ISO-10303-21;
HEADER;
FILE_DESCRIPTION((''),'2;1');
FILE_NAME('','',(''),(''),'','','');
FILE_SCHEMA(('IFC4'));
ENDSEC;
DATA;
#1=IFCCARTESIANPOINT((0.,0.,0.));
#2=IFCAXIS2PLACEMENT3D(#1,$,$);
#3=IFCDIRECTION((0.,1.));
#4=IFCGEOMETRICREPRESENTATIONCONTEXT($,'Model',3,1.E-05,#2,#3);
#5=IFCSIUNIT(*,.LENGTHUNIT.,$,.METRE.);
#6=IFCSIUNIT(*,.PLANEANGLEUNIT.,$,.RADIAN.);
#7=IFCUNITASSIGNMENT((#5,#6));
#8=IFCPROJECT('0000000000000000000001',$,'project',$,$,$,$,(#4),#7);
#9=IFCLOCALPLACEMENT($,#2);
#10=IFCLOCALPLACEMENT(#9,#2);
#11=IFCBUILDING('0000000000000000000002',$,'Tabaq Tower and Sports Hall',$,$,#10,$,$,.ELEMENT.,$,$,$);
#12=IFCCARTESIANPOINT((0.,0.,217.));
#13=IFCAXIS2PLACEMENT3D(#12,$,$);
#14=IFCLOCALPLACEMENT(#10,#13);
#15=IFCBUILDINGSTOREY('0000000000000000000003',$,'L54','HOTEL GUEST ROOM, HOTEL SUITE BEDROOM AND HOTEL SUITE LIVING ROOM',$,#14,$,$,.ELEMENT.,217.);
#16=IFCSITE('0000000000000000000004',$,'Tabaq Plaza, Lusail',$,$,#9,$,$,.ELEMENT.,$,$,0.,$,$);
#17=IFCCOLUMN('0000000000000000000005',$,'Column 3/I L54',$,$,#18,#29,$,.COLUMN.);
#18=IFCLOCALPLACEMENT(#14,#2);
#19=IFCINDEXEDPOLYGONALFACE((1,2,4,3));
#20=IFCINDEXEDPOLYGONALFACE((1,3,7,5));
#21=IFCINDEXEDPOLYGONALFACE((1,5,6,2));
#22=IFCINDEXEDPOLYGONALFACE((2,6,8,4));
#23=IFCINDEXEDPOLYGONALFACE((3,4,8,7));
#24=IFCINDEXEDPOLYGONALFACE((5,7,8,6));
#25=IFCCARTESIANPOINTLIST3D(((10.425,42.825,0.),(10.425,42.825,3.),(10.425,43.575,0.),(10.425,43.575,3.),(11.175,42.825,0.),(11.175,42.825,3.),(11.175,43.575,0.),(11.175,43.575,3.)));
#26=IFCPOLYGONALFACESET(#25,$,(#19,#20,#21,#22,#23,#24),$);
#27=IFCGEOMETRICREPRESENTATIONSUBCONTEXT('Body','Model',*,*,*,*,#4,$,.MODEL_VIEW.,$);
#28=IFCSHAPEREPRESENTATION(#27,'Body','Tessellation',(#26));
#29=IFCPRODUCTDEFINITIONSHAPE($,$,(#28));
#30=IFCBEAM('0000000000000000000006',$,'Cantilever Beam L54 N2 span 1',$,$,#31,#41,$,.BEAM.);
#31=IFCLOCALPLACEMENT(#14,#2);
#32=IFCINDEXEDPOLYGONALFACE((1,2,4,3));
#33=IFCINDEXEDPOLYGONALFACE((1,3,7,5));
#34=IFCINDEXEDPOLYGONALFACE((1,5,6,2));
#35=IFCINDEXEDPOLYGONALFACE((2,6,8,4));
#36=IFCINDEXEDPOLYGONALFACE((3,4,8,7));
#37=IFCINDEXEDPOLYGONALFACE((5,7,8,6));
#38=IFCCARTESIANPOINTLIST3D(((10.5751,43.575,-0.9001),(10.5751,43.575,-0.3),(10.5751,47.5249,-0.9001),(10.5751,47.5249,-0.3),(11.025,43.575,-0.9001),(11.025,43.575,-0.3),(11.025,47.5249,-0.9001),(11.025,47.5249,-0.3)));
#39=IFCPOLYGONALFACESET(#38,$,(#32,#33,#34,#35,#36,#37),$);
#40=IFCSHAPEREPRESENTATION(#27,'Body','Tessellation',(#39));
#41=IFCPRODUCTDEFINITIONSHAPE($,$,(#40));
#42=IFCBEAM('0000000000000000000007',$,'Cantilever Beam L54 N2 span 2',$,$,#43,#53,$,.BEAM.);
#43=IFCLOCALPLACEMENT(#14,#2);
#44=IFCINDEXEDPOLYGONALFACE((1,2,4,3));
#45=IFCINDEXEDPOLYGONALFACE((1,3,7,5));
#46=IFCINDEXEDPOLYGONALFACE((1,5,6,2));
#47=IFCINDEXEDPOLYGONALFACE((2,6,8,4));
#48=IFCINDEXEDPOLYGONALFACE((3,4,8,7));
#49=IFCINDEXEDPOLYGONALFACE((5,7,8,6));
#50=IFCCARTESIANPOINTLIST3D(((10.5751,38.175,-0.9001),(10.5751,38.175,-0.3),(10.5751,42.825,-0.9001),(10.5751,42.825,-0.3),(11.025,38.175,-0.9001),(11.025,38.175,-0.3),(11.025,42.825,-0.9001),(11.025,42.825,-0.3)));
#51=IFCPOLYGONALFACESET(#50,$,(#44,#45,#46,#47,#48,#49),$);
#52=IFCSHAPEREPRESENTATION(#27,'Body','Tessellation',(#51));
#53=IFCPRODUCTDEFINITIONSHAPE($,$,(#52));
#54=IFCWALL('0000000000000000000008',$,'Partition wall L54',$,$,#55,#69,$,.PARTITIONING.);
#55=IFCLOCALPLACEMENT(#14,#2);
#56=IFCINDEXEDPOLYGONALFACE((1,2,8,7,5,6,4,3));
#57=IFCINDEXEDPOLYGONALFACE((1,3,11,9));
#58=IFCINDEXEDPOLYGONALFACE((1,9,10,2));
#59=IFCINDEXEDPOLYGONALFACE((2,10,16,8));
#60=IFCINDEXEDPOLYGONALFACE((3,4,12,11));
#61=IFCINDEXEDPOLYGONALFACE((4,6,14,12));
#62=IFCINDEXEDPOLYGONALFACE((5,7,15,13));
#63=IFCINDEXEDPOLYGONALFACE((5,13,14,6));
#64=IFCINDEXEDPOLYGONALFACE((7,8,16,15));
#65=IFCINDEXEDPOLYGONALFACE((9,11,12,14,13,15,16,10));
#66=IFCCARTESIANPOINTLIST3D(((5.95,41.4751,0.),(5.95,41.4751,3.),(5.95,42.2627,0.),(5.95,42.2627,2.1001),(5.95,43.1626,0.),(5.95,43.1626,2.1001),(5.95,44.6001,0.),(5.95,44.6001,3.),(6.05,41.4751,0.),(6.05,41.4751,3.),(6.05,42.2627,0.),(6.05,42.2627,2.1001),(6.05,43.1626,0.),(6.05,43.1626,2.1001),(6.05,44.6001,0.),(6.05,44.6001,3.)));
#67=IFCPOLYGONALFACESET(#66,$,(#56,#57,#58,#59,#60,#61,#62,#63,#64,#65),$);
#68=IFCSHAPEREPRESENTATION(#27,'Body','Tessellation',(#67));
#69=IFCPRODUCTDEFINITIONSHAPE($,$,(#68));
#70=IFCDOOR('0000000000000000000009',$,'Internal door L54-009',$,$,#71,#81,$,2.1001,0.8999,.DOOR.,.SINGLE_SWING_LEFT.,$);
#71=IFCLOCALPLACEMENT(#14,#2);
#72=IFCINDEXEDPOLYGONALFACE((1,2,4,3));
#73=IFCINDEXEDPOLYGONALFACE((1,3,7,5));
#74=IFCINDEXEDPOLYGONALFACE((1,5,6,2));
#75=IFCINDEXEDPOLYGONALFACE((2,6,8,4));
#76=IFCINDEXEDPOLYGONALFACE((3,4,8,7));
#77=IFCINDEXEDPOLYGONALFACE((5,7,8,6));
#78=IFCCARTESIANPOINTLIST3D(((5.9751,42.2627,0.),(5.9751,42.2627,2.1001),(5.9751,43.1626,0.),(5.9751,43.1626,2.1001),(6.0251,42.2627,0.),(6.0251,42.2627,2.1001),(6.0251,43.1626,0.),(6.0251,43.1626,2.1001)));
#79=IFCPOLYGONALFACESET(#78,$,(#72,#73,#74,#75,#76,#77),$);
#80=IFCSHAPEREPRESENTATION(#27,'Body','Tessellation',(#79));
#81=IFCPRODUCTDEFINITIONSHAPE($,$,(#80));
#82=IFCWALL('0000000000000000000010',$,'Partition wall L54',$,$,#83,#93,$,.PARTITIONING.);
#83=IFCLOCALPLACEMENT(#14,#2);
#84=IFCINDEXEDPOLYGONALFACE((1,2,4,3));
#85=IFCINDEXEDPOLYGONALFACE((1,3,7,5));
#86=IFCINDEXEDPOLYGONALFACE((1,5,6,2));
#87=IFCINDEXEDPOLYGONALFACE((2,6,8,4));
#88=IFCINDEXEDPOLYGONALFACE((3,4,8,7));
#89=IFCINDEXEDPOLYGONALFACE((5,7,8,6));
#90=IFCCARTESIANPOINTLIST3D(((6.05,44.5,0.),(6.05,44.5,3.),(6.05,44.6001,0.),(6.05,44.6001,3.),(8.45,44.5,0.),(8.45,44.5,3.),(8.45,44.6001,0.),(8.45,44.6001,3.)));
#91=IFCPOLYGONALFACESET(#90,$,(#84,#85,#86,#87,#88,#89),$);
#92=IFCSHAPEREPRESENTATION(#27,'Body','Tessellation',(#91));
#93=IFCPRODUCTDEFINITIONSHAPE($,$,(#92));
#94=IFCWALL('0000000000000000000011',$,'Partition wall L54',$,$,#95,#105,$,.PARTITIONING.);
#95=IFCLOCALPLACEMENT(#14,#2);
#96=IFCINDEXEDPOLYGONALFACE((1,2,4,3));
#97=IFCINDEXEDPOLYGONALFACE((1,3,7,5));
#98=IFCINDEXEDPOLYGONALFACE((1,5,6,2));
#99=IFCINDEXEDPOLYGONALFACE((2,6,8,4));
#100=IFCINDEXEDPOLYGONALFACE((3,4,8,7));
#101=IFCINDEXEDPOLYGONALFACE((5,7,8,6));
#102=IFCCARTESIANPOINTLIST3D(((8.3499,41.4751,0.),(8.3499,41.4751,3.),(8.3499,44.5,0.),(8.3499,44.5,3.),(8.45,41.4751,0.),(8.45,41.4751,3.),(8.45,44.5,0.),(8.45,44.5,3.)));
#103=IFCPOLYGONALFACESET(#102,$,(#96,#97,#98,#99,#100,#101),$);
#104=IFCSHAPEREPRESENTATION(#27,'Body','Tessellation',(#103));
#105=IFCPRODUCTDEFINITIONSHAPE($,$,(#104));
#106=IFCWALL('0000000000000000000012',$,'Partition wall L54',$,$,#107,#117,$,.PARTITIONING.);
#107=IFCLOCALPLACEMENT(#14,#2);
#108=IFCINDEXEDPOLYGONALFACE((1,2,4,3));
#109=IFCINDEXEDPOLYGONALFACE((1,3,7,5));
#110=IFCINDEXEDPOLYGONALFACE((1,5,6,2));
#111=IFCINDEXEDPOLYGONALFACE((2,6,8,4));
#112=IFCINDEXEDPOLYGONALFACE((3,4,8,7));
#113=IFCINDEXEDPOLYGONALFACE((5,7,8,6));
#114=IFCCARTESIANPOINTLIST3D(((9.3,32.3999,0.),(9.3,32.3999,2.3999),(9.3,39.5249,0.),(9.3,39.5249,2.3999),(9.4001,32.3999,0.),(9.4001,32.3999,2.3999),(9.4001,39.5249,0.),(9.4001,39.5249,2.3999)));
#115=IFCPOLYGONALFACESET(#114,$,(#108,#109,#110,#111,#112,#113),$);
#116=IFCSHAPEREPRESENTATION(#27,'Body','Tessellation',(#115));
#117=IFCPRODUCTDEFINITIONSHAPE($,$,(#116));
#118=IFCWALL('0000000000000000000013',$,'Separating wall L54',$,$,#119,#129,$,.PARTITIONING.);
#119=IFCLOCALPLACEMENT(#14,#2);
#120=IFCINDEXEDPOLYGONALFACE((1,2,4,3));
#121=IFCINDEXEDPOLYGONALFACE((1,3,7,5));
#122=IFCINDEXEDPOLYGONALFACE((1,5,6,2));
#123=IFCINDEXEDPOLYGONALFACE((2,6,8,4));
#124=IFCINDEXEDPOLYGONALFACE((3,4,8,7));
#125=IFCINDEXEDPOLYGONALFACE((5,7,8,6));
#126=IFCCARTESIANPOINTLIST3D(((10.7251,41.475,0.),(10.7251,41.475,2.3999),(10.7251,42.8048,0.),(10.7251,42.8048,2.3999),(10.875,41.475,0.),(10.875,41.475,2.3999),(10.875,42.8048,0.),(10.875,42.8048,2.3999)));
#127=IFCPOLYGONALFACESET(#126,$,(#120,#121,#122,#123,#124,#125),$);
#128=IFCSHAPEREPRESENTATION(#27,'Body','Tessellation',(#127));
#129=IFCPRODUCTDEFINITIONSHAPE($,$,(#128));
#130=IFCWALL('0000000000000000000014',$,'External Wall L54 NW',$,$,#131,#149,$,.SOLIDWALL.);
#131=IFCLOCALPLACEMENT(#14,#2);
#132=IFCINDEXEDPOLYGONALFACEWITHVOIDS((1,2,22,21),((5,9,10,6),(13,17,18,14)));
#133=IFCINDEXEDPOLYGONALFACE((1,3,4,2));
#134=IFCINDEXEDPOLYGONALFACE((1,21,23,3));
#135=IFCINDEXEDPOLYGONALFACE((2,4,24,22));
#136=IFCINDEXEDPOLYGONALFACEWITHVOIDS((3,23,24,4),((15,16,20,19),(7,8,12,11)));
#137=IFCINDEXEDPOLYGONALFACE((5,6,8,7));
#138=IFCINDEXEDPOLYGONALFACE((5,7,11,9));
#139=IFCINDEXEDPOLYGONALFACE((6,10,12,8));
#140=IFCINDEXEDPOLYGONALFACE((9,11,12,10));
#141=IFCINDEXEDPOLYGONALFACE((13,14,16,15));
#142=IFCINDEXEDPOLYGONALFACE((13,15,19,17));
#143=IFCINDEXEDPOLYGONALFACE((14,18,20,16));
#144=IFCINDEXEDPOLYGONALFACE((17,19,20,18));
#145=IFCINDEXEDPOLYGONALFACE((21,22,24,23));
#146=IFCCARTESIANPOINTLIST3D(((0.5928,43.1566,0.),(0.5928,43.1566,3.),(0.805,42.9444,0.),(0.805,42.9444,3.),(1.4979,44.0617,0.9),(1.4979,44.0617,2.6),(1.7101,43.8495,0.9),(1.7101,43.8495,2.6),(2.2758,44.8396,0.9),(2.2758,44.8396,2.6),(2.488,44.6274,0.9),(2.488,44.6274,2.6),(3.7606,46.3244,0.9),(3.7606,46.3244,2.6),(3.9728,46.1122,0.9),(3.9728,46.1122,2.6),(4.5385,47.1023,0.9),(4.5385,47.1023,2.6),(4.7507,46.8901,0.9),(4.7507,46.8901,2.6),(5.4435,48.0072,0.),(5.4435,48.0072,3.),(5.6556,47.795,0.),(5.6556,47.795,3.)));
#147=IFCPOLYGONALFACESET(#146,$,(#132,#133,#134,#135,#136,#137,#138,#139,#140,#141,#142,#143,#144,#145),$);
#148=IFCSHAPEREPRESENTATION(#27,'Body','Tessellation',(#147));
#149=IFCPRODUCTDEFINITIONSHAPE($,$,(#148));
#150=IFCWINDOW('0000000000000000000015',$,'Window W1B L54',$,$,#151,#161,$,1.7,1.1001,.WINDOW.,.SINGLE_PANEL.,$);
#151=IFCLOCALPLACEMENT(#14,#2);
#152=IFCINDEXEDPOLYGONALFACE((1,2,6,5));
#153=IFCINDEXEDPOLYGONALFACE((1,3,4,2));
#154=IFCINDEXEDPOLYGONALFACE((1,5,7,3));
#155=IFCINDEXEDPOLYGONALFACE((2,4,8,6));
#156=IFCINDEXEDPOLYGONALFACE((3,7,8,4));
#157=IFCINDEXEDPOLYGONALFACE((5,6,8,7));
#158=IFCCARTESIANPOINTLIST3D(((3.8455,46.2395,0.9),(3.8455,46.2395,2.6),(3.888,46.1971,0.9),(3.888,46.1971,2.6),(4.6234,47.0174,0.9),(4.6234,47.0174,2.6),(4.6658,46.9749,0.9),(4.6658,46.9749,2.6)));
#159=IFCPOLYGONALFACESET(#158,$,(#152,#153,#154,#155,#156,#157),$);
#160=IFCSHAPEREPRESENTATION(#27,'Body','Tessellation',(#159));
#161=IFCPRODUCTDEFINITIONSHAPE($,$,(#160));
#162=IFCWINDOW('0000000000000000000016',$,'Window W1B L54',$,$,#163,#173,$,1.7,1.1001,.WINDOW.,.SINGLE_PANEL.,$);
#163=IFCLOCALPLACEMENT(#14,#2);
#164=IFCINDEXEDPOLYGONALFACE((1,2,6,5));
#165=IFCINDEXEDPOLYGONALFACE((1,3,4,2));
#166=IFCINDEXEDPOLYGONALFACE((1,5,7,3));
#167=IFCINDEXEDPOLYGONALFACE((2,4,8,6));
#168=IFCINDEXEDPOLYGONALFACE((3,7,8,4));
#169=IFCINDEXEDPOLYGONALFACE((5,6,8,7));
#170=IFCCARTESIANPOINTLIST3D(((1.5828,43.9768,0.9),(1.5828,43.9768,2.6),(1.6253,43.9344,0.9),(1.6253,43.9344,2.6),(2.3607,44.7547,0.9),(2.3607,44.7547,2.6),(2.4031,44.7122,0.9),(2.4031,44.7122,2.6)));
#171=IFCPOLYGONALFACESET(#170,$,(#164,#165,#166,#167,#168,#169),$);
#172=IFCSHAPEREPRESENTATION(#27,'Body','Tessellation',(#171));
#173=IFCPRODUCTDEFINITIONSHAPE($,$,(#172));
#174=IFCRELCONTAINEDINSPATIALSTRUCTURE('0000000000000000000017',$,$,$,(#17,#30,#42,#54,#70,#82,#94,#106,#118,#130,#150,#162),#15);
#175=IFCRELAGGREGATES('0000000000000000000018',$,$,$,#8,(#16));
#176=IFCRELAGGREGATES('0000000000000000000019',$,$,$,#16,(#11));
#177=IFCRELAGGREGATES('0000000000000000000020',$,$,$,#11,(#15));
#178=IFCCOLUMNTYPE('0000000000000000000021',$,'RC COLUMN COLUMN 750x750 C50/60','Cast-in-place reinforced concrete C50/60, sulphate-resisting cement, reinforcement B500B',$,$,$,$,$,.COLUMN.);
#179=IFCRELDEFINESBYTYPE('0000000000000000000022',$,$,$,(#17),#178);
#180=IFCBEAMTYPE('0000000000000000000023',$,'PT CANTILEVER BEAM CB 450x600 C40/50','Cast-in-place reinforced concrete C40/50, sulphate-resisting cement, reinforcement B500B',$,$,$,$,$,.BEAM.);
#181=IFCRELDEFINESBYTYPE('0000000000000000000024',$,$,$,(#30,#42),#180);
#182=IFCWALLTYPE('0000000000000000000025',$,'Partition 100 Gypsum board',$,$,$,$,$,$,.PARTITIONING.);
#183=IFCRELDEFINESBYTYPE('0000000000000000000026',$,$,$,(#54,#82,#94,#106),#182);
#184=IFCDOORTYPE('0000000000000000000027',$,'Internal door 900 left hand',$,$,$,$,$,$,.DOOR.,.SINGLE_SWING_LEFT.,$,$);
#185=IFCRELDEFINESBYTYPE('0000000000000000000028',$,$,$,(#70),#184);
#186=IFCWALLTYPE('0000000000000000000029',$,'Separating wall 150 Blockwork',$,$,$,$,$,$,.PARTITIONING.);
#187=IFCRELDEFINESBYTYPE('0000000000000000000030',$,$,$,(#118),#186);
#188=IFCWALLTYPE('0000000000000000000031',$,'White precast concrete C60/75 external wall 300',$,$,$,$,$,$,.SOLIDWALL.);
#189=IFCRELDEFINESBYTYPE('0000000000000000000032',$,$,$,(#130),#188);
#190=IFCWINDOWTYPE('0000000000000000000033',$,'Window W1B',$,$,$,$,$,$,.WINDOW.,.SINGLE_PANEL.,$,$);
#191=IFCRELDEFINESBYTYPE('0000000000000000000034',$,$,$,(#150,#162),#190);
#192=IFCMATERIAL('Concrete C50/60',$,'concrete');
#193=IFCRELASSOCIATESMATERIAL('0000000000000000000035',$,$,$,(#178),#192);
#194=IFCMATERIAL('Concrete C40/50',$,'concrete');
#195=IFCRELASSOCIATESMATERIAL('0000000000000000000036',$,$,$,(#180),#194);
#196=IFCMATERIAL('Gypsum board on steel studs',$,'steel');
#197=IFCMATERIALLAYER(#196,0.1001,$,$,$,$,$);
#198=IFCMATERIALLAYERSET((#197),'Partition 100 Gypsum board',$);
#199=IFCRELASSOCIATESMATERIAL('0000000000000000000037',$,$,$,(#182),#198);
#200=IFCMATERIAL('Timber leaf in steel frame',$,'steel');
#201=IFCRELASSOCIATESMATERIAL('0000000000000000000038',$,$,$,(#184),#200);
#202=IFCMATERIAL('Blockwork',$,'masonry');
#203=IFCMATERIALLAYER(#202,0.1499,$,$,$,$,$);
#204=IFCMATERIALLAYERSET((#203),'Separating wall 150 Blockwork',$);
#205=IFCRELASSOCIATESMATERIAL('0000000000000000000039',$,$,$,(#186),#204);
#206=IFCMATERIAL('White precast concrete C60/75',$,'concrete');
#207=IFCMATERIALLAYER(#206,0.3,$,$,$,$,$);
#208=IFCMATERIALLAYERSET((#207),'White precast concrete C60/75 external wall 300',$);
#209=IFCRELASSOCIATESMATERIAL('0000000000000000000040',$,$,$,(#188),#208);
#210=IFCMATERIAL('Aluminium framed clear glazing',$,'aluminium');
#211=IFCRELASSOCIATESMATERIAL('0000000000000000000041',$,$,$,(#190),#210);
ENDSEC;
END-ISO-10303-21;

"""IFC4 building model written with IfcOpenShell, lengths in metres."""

from ifc_helpers import new_model, si_unit, direction, frame, frame_2d, origin, origin_2d, place, context, subcontext, project, spatial, rectangle, extrude, material, layer, layer_set, material_profile, profile_set, type_object, element, fill, save


model = new_model("IFC4")

# Units and contexts
model_context = context("Model", 3, precision=1e-05, world=origin(), true_north=direction((0.0, 1.0)))
body_context = subcontext(model_context, "Body", "Model", "MODEL_VIEW")
ifc_project = project(units=[si_unit("LENGTHUNIT", "METRE"), si_unit("PLANEANGLEUNIT", "RADIAN")], contexts=[model_context])

# Site, building, storey
site_placement = place(None, origin())
site = spatial("IfcSite", under=ifc_project, at=site_placement, Name="Tabaq Plaza, Lusail", CompositionType="ELEMENT", RefElevation=0.0)
building_placement = place(site_placement, origin())
building = spatial("IfcBuilding", under=site, at=building_placement, Name="Tabaq Tower and Sports Hall", CompositionType="ELEMENT")
storey_placement = place(building_placement, frame((0.0, 0.0, 217.0)))
storey = spatial("IfcBuildingStorey", under=building, at=storey_placement, Name="L54", Description="HOTEL GUEST ROOM, HOTEL SUITE BEDROOM AND HOTEL SUITE LIVING ROOM", CompositionType="ELEMENT", Elevation=217.0)

# Column
ifc_material_1 = material(Name="Concrete C50/60", Category="concrete")
ifc_material_profile_1 = material_profile(ifc_material_1, rectangle(XDim=0.75, YDim=0.75, at=origin_2d()), Name="COLUMN 750x750")
ifc_profile_set_1 = profile_set([ifc_material_profile_1], Name="Concrete C50/60")
column_type = type_object("IfcColumnType", Name="RC COLUMN COLUMN 750x750 C50/60", Description="Cast-in-place reinforced concrete C50/60, sulphate-resisting cement, reinforcement B500B", PredefinedType="COLUMN", material=ifc_profile_set_1)
column_placement = place(storey_placement, frame((10.8, 43.2, 0.0), z_axis=(0.0, 0.0, 1.0), x_axis=(1.0, 0.0, 0.0)))
element("IfcColumn", 1, at=column_placement, inside=storey, type_object=column_type, Name="Column 3/I L54", PredefinedType="COLUMN", context=body_context, shape_type="SweptSolid", body=[
    extrude(rectangle(XDim=0.75, YDim=0.75, at=origin_2d()), origin(), (0.0, 0.0, 1.0), 3.0),
])

# Beams
ifc_material_2 = material(Name="Concrete C40/50", Category="concrete")
ifc_material_profile_2 = material_profile(ifc_material_2, rectangle(XDim=0.45, YDim=0.6001, at=origin_2d()), Name="CB 450x600")
ifc_profile_set_2 = profile_set([ifc_material_profile_2], Name="Concrete C40/50")
beam_type = type_object("IfcBeamType", Name="PT CANTILEVER BEAM CB 450x600 C40/50", Description="Cast-in-place reinforced concrete C40/50, sulphate-resisting cement, reinforcement B500B", PredefinedType="BEAM", material=ifc_profile_set_2)
beam_1_placement = place(storey_placement, frame((10.8, 47.5249, -0.6001), z_axis=(0.0, -1.0, 0.0), x_axis=(1.0, 0.0, 0.0)))
element("IfcBeam", 2, at=beam_1_placement, inside=storey, type_object=beam_type, Name="Cantilever Beam L54 N2 span 1", PredefinedType="BEAM", context=body_context, shape_type="SweptSolid", body=[
    extrude(rectangle(XDim=0.45, YDim=0.6001, at=origin_2d()), origin(), (0.0, 0.0, 1.0), 3.95),
])
beam_2_placement = place(storey_placement, frame((10.8, 42.825, -0.6001), z_axis=(0.0, -1.0, 0.0), x_axis=(1.0, 0.0, 0.0)))
element("IfcBeam", 3, at=beam_2_placement, inside=storey, type_object=beam_type, Name="Cantilever Beam L54 N2 span 2", PredefinedType="BEAM", context=body_context, shape_type="SweptSolid", body=[
    extrude(rectangle(XDim=0.45, YDim=0.6001, at=origin_2d()), origin(), (0.0, 0.0, 1.0), 4.6499),
])

# Wall, opening, door
ifc_material_3 = material(Name="Gypsum board on steel studs", Category="steel")
ifc_layer_1 = layer(ifc_material_3, 0.1001)
ifc_layer_set_1 = layer_set([ifc_layer_1], Name="Partition 100 Gypsum board")
wall_type_1 = type_object("IfcWallType", Name="Partition 100 Gypsum board", PredefinedType="PARTITIONING", material=ifc_layer_set_1)
wall_1_placement = place(storey_placement, frame((6.0, 41.4751, 0.0), z_axis=(0.0, 0.0, 1.0), x_axis=(0.0, 1.0, 0.0)))
wall_1 = element("IfcWall", 4, at=wall_1_placement, inside=storey, type_object=wall_type_1, Name="Partition wall L54", PredefinedType="PARTITIONING", context=body_context, shape_type="SweptSolid", body=[
    extrude(rectangle(XDim=3.125, YDim=0.1001, at=frame_2d((1.5625, 0.0))), origin(), (0.0, 0.0, 1.0), 3.0),
])
opening_1_placement = place(wall_1_placement, frame((0.7876, 0.0, 0.0)))
opening_1 = element("IfcOpeningElement", 5, at=opening_1_placement, cuts=wall_1, PredefinedType="OPENING", context=body_context, shape_type="SweptSolid", body=[
    extrude(rectangle(XDim=0.8999, YDim=2.1001, at=frame_2d((0.45, 1.05))), frame((0.0, 0.05, 0.0), z_axis=(0.0, -1.0, 0.0), x_axis=(1.0, 0.0, 0.0)), (0.0, 0.0, 1.0), 0.1001),
])
ifc_material_4 = material(Name="Timber leaf in steel frame", Category="steel")
door_type = type_object("IfcDoorType", Name="Internal door 900 left hand", OperationType="SINGLE_SWING_LEFT", PredefinedType="DOOR", material=ifc_material_4)
door_placement = place(opening_1_placement, origin())
door = element("IfcDoor", 6, at=door_placement, inside=storey, type_object=door_type, Name="Internal door L54-009", OperationType="SINGLE_SWING_LEFT", OverallHeight=2.1001, OverallWidth=0.8999, PredefinedType="DOOR", context=body_context, shape_type="SweptSolid", body=[
    extrude(rectangle(XDim=0.8999, YDim=2.1001, at=frame_2d((0.45, 1.05))), frame((0.0, 0.0249, 0.0), z_axis=(0.0, -1.0, 0.0), x_axis=(1.0, 0.0, 0.0)), (0.0, 0.0, 1.0), 0.05),
])
fill(opening_1, door)

# Walls
wall_2_placement = place(storey_placement, frame((6.05, 44.55, 0.0), z_axis=(0.0, 0.0, 1.0), x_axis=(1.0, 0.0, 0.0)))
element("IfcWall", 7, at=wall_2_placement, inside=storey, type_object=wall_type_1, Name="Partition wall L54", PredefinedType="PARTITIONING", context=body_context, shape_type="SweptSolid", body=[
    extrude(rectangle(XDim=2.3999, YDim=0.1001, at=frame_2d((1.2, 0.0))), origin(), (0.0, 0.0, 1.0), 3.0),
])
wall_3_placement = place(storey_placement, frame((8.3999, 44.5, 0.0), z_axis=(0.0, 0.0, 1.0), x_axis=(0.0, -1.0, 0.0)))
element("IfcWall", 8, at=wall_3_placement, inside=storey, type_object=wall_type_1, Name="Partition wall L54", PredefinedType="PARTITIONING", context=body_context, shape_type="SweptSolid", body=[
    extrude(rectangle(XDim=3.0249, YDim=0.1001, at=frame_2d((1.5125, 0.0))), origin(), (0.0, 0.0, 1.0), 3.0),
])
wall_4_placement = place(storey_placement, frame((9.3501, 39.5249, 0.0), z_axis=(0.0, 0.0, 1.0), x_axis=(0.0, -1.0, 0.0)))
element("IfcWall", 9, at=wall_4_placement, inside=storey, type_object=wall_type_1, Name="Partition wall L54", PredefinedType="PARTITIONING", context=body_context, shape_type="SweptSolid", body=[
    extrude(rectangle(XDim=7.125, YDim=0.1001, at=frame_2d((3.5625, 0.0))), origin(), (0.0, 0.0, 1.0), 2.3999),
])
ifc_material_5 = material(Name="Blockwork", Category="masonry")
ifc_layer_2 = layer(ifc_material_5, 0.1499)
ifc_layer_set_2 = layer_set([ifc_layer_2], Name="Separating wall 150 Blockwork")
wall_type_2 = type_object("IfcWallType", Name="Separating wall 150 Blockwork", PredefinedType="PARTITIONING", material=ifc_layer_set_2)
wall_5_placement = place(storey_placement, frame((10.8, 42.8049, 0.0), z_axis=(0.0, 0.0, 1.0), x_axis=(0.0, -1.0, 0.0)))
element("IfcWall", 10, at=wall_5_placement, inside=storey, type_object=wall_type_2, Name="Separating wall L54", PredefinedType="PARTITIONING", context=body_context, shape_type="SweptSolid", body=[
    extrude(rectangle(XDim=1.3298, YDim=0.1499, at=frame_2d((0.665, 0.0))), origin(), (0.0, 0.0, 1.0), 2.3999),
])

# Wall, openings, windows
ifc_material_6 = material(Name="White precast concrete C60/75", Category="concrete")
ifc_layer_3 = layer(ifc_material_6, 0.3)
ifc_layer_set_3 = layer_set([ifc_layer_3], Name="White precast concrete C60/75 external wall 300")
wall_type_3 = type_object("IfcWallType", Name="White precast concrete C60/75 external wall 300", PredefinedType="SOLIDWALL", material=ifc_layer_set_3)
wall_6_placement = place(storey_placement, frame((5.5496, 47.9011, 0.0), z_axis=(0.0, 0.0, 1.0), x_axis=(-0.707107, -0.707107, 0.0)))
wall_6 = element("IfcWall", 11, at=wall_6_placement, inside=storey, type_object=wall_type_3, Name="External Wall L54 NW", PredefinedType="SOLIDWALL", context=body_context, shape_type="SweptSolid", body=[
    extrude(rectangle(XDim=6.8599, YDim=0.3, at=frame_2d((3.4299, 0.0))), origin(), (0.0, 0.0, 1.0), 3.0),
])
opening_2_placement = place(wall_6_placement, frame((1.2798, 0.0, 0.8999)))
opening_2 = element("IfcOpeningElement", 12, at=opening_2_placement, cuts=wall_6, PredefinedType="OPENING", context=body_context, shape_type="SweptSolid", body=[
    extrude(rectangle(XDim=1.1001, YDim=1.7, at=frame_2d((0.55, 0.8501))), frame((0.0, 0.1602, 0.0), z_axis=(0.0, -1.0, 0.0), x_axis=(1.0, 0.0, 0.0)), (0.0, 0.0, 1.0), 0.3201),
])
opening_3_placement = place(wall_6_placement, frame((4.4797, 0.0, 0.8999)))
opening_3 = element("IfcOpeningElement", 13, at=opening_3_placement, cuts=wall_6, PredefinedType="OPENING", context=body_context, shape_type="SweptSolid", body=[
    extrude(rectangle(XDim=1.1001, YDim=1.7, at=frame_2d((0.55, 0.8501))), frame((0.0, 0.1602, 0.0), z_axis=(0.0, -1.0, 0.0), x_axis=(1.0, 0.0, 0.0)), (0.0, 0.0, 1.0), 0.3201),
])
ifc_material_7 = material(Name="Aluminium framed clear glazing", Category="aluminium")
window_type = type_object("IfcWindowType", Name="Window W1B", PartitioningType="SINGLE_PANEL", PredefinedType="WINDOW", material=ifc_material_7)
window_1_placement = place(opening_2_placement, origin())
window_1 = element("IfcWindow", 14, at=window_1_placement, inside=storey, type_object=window_type, Name="Window W1B L54", OverallHeight=1.7, OverallWidth=1.1001, PartitioningType="SINGLE_PANEL", PredefinedType="WINDOW", context=body_context, shape_type="SweptSolid", body=[
    extrude(rectangle(XDim=1.1001, YDim=1.7, at=frame_2d((0.55, 0.8501))), frame((0.0, 0.03, 0.0), z_axis=(0.0, -1.0, 0.0), x_axis=(1.0, 0.0, 0.0)), (0.0, 0.0, 1.0), 0.0601),
])
fill(opening_2, window_1)
window_2_placement = place(opening_3_placement, origin())
window_2 = element("IfcWindow", 15, at=window_2_placement, inside=storey, type_object=window_type, Name="Window W1B L54", OverallHeight=1.7, OverallWidth=1.1001, PartitioningType="SINGLE_PANEL", PredefinedType="WINDOW", context=body_context, shape_type="SweptSolid", body=[
    extrude(rectangle(XDim=1.1001, YDim=1.7, at=frame_2d((0.55, 0.8501))), frame((0.0, 0.03, 0.0), z_axis=(0.0, -1.0, 0.0), x_axis=(1.0, 0.0, 0.0)), (0.0, 0.0, 1.0), 0.0601),
])
fill(opening_3, window_2)

save(model, "model.ifc")
